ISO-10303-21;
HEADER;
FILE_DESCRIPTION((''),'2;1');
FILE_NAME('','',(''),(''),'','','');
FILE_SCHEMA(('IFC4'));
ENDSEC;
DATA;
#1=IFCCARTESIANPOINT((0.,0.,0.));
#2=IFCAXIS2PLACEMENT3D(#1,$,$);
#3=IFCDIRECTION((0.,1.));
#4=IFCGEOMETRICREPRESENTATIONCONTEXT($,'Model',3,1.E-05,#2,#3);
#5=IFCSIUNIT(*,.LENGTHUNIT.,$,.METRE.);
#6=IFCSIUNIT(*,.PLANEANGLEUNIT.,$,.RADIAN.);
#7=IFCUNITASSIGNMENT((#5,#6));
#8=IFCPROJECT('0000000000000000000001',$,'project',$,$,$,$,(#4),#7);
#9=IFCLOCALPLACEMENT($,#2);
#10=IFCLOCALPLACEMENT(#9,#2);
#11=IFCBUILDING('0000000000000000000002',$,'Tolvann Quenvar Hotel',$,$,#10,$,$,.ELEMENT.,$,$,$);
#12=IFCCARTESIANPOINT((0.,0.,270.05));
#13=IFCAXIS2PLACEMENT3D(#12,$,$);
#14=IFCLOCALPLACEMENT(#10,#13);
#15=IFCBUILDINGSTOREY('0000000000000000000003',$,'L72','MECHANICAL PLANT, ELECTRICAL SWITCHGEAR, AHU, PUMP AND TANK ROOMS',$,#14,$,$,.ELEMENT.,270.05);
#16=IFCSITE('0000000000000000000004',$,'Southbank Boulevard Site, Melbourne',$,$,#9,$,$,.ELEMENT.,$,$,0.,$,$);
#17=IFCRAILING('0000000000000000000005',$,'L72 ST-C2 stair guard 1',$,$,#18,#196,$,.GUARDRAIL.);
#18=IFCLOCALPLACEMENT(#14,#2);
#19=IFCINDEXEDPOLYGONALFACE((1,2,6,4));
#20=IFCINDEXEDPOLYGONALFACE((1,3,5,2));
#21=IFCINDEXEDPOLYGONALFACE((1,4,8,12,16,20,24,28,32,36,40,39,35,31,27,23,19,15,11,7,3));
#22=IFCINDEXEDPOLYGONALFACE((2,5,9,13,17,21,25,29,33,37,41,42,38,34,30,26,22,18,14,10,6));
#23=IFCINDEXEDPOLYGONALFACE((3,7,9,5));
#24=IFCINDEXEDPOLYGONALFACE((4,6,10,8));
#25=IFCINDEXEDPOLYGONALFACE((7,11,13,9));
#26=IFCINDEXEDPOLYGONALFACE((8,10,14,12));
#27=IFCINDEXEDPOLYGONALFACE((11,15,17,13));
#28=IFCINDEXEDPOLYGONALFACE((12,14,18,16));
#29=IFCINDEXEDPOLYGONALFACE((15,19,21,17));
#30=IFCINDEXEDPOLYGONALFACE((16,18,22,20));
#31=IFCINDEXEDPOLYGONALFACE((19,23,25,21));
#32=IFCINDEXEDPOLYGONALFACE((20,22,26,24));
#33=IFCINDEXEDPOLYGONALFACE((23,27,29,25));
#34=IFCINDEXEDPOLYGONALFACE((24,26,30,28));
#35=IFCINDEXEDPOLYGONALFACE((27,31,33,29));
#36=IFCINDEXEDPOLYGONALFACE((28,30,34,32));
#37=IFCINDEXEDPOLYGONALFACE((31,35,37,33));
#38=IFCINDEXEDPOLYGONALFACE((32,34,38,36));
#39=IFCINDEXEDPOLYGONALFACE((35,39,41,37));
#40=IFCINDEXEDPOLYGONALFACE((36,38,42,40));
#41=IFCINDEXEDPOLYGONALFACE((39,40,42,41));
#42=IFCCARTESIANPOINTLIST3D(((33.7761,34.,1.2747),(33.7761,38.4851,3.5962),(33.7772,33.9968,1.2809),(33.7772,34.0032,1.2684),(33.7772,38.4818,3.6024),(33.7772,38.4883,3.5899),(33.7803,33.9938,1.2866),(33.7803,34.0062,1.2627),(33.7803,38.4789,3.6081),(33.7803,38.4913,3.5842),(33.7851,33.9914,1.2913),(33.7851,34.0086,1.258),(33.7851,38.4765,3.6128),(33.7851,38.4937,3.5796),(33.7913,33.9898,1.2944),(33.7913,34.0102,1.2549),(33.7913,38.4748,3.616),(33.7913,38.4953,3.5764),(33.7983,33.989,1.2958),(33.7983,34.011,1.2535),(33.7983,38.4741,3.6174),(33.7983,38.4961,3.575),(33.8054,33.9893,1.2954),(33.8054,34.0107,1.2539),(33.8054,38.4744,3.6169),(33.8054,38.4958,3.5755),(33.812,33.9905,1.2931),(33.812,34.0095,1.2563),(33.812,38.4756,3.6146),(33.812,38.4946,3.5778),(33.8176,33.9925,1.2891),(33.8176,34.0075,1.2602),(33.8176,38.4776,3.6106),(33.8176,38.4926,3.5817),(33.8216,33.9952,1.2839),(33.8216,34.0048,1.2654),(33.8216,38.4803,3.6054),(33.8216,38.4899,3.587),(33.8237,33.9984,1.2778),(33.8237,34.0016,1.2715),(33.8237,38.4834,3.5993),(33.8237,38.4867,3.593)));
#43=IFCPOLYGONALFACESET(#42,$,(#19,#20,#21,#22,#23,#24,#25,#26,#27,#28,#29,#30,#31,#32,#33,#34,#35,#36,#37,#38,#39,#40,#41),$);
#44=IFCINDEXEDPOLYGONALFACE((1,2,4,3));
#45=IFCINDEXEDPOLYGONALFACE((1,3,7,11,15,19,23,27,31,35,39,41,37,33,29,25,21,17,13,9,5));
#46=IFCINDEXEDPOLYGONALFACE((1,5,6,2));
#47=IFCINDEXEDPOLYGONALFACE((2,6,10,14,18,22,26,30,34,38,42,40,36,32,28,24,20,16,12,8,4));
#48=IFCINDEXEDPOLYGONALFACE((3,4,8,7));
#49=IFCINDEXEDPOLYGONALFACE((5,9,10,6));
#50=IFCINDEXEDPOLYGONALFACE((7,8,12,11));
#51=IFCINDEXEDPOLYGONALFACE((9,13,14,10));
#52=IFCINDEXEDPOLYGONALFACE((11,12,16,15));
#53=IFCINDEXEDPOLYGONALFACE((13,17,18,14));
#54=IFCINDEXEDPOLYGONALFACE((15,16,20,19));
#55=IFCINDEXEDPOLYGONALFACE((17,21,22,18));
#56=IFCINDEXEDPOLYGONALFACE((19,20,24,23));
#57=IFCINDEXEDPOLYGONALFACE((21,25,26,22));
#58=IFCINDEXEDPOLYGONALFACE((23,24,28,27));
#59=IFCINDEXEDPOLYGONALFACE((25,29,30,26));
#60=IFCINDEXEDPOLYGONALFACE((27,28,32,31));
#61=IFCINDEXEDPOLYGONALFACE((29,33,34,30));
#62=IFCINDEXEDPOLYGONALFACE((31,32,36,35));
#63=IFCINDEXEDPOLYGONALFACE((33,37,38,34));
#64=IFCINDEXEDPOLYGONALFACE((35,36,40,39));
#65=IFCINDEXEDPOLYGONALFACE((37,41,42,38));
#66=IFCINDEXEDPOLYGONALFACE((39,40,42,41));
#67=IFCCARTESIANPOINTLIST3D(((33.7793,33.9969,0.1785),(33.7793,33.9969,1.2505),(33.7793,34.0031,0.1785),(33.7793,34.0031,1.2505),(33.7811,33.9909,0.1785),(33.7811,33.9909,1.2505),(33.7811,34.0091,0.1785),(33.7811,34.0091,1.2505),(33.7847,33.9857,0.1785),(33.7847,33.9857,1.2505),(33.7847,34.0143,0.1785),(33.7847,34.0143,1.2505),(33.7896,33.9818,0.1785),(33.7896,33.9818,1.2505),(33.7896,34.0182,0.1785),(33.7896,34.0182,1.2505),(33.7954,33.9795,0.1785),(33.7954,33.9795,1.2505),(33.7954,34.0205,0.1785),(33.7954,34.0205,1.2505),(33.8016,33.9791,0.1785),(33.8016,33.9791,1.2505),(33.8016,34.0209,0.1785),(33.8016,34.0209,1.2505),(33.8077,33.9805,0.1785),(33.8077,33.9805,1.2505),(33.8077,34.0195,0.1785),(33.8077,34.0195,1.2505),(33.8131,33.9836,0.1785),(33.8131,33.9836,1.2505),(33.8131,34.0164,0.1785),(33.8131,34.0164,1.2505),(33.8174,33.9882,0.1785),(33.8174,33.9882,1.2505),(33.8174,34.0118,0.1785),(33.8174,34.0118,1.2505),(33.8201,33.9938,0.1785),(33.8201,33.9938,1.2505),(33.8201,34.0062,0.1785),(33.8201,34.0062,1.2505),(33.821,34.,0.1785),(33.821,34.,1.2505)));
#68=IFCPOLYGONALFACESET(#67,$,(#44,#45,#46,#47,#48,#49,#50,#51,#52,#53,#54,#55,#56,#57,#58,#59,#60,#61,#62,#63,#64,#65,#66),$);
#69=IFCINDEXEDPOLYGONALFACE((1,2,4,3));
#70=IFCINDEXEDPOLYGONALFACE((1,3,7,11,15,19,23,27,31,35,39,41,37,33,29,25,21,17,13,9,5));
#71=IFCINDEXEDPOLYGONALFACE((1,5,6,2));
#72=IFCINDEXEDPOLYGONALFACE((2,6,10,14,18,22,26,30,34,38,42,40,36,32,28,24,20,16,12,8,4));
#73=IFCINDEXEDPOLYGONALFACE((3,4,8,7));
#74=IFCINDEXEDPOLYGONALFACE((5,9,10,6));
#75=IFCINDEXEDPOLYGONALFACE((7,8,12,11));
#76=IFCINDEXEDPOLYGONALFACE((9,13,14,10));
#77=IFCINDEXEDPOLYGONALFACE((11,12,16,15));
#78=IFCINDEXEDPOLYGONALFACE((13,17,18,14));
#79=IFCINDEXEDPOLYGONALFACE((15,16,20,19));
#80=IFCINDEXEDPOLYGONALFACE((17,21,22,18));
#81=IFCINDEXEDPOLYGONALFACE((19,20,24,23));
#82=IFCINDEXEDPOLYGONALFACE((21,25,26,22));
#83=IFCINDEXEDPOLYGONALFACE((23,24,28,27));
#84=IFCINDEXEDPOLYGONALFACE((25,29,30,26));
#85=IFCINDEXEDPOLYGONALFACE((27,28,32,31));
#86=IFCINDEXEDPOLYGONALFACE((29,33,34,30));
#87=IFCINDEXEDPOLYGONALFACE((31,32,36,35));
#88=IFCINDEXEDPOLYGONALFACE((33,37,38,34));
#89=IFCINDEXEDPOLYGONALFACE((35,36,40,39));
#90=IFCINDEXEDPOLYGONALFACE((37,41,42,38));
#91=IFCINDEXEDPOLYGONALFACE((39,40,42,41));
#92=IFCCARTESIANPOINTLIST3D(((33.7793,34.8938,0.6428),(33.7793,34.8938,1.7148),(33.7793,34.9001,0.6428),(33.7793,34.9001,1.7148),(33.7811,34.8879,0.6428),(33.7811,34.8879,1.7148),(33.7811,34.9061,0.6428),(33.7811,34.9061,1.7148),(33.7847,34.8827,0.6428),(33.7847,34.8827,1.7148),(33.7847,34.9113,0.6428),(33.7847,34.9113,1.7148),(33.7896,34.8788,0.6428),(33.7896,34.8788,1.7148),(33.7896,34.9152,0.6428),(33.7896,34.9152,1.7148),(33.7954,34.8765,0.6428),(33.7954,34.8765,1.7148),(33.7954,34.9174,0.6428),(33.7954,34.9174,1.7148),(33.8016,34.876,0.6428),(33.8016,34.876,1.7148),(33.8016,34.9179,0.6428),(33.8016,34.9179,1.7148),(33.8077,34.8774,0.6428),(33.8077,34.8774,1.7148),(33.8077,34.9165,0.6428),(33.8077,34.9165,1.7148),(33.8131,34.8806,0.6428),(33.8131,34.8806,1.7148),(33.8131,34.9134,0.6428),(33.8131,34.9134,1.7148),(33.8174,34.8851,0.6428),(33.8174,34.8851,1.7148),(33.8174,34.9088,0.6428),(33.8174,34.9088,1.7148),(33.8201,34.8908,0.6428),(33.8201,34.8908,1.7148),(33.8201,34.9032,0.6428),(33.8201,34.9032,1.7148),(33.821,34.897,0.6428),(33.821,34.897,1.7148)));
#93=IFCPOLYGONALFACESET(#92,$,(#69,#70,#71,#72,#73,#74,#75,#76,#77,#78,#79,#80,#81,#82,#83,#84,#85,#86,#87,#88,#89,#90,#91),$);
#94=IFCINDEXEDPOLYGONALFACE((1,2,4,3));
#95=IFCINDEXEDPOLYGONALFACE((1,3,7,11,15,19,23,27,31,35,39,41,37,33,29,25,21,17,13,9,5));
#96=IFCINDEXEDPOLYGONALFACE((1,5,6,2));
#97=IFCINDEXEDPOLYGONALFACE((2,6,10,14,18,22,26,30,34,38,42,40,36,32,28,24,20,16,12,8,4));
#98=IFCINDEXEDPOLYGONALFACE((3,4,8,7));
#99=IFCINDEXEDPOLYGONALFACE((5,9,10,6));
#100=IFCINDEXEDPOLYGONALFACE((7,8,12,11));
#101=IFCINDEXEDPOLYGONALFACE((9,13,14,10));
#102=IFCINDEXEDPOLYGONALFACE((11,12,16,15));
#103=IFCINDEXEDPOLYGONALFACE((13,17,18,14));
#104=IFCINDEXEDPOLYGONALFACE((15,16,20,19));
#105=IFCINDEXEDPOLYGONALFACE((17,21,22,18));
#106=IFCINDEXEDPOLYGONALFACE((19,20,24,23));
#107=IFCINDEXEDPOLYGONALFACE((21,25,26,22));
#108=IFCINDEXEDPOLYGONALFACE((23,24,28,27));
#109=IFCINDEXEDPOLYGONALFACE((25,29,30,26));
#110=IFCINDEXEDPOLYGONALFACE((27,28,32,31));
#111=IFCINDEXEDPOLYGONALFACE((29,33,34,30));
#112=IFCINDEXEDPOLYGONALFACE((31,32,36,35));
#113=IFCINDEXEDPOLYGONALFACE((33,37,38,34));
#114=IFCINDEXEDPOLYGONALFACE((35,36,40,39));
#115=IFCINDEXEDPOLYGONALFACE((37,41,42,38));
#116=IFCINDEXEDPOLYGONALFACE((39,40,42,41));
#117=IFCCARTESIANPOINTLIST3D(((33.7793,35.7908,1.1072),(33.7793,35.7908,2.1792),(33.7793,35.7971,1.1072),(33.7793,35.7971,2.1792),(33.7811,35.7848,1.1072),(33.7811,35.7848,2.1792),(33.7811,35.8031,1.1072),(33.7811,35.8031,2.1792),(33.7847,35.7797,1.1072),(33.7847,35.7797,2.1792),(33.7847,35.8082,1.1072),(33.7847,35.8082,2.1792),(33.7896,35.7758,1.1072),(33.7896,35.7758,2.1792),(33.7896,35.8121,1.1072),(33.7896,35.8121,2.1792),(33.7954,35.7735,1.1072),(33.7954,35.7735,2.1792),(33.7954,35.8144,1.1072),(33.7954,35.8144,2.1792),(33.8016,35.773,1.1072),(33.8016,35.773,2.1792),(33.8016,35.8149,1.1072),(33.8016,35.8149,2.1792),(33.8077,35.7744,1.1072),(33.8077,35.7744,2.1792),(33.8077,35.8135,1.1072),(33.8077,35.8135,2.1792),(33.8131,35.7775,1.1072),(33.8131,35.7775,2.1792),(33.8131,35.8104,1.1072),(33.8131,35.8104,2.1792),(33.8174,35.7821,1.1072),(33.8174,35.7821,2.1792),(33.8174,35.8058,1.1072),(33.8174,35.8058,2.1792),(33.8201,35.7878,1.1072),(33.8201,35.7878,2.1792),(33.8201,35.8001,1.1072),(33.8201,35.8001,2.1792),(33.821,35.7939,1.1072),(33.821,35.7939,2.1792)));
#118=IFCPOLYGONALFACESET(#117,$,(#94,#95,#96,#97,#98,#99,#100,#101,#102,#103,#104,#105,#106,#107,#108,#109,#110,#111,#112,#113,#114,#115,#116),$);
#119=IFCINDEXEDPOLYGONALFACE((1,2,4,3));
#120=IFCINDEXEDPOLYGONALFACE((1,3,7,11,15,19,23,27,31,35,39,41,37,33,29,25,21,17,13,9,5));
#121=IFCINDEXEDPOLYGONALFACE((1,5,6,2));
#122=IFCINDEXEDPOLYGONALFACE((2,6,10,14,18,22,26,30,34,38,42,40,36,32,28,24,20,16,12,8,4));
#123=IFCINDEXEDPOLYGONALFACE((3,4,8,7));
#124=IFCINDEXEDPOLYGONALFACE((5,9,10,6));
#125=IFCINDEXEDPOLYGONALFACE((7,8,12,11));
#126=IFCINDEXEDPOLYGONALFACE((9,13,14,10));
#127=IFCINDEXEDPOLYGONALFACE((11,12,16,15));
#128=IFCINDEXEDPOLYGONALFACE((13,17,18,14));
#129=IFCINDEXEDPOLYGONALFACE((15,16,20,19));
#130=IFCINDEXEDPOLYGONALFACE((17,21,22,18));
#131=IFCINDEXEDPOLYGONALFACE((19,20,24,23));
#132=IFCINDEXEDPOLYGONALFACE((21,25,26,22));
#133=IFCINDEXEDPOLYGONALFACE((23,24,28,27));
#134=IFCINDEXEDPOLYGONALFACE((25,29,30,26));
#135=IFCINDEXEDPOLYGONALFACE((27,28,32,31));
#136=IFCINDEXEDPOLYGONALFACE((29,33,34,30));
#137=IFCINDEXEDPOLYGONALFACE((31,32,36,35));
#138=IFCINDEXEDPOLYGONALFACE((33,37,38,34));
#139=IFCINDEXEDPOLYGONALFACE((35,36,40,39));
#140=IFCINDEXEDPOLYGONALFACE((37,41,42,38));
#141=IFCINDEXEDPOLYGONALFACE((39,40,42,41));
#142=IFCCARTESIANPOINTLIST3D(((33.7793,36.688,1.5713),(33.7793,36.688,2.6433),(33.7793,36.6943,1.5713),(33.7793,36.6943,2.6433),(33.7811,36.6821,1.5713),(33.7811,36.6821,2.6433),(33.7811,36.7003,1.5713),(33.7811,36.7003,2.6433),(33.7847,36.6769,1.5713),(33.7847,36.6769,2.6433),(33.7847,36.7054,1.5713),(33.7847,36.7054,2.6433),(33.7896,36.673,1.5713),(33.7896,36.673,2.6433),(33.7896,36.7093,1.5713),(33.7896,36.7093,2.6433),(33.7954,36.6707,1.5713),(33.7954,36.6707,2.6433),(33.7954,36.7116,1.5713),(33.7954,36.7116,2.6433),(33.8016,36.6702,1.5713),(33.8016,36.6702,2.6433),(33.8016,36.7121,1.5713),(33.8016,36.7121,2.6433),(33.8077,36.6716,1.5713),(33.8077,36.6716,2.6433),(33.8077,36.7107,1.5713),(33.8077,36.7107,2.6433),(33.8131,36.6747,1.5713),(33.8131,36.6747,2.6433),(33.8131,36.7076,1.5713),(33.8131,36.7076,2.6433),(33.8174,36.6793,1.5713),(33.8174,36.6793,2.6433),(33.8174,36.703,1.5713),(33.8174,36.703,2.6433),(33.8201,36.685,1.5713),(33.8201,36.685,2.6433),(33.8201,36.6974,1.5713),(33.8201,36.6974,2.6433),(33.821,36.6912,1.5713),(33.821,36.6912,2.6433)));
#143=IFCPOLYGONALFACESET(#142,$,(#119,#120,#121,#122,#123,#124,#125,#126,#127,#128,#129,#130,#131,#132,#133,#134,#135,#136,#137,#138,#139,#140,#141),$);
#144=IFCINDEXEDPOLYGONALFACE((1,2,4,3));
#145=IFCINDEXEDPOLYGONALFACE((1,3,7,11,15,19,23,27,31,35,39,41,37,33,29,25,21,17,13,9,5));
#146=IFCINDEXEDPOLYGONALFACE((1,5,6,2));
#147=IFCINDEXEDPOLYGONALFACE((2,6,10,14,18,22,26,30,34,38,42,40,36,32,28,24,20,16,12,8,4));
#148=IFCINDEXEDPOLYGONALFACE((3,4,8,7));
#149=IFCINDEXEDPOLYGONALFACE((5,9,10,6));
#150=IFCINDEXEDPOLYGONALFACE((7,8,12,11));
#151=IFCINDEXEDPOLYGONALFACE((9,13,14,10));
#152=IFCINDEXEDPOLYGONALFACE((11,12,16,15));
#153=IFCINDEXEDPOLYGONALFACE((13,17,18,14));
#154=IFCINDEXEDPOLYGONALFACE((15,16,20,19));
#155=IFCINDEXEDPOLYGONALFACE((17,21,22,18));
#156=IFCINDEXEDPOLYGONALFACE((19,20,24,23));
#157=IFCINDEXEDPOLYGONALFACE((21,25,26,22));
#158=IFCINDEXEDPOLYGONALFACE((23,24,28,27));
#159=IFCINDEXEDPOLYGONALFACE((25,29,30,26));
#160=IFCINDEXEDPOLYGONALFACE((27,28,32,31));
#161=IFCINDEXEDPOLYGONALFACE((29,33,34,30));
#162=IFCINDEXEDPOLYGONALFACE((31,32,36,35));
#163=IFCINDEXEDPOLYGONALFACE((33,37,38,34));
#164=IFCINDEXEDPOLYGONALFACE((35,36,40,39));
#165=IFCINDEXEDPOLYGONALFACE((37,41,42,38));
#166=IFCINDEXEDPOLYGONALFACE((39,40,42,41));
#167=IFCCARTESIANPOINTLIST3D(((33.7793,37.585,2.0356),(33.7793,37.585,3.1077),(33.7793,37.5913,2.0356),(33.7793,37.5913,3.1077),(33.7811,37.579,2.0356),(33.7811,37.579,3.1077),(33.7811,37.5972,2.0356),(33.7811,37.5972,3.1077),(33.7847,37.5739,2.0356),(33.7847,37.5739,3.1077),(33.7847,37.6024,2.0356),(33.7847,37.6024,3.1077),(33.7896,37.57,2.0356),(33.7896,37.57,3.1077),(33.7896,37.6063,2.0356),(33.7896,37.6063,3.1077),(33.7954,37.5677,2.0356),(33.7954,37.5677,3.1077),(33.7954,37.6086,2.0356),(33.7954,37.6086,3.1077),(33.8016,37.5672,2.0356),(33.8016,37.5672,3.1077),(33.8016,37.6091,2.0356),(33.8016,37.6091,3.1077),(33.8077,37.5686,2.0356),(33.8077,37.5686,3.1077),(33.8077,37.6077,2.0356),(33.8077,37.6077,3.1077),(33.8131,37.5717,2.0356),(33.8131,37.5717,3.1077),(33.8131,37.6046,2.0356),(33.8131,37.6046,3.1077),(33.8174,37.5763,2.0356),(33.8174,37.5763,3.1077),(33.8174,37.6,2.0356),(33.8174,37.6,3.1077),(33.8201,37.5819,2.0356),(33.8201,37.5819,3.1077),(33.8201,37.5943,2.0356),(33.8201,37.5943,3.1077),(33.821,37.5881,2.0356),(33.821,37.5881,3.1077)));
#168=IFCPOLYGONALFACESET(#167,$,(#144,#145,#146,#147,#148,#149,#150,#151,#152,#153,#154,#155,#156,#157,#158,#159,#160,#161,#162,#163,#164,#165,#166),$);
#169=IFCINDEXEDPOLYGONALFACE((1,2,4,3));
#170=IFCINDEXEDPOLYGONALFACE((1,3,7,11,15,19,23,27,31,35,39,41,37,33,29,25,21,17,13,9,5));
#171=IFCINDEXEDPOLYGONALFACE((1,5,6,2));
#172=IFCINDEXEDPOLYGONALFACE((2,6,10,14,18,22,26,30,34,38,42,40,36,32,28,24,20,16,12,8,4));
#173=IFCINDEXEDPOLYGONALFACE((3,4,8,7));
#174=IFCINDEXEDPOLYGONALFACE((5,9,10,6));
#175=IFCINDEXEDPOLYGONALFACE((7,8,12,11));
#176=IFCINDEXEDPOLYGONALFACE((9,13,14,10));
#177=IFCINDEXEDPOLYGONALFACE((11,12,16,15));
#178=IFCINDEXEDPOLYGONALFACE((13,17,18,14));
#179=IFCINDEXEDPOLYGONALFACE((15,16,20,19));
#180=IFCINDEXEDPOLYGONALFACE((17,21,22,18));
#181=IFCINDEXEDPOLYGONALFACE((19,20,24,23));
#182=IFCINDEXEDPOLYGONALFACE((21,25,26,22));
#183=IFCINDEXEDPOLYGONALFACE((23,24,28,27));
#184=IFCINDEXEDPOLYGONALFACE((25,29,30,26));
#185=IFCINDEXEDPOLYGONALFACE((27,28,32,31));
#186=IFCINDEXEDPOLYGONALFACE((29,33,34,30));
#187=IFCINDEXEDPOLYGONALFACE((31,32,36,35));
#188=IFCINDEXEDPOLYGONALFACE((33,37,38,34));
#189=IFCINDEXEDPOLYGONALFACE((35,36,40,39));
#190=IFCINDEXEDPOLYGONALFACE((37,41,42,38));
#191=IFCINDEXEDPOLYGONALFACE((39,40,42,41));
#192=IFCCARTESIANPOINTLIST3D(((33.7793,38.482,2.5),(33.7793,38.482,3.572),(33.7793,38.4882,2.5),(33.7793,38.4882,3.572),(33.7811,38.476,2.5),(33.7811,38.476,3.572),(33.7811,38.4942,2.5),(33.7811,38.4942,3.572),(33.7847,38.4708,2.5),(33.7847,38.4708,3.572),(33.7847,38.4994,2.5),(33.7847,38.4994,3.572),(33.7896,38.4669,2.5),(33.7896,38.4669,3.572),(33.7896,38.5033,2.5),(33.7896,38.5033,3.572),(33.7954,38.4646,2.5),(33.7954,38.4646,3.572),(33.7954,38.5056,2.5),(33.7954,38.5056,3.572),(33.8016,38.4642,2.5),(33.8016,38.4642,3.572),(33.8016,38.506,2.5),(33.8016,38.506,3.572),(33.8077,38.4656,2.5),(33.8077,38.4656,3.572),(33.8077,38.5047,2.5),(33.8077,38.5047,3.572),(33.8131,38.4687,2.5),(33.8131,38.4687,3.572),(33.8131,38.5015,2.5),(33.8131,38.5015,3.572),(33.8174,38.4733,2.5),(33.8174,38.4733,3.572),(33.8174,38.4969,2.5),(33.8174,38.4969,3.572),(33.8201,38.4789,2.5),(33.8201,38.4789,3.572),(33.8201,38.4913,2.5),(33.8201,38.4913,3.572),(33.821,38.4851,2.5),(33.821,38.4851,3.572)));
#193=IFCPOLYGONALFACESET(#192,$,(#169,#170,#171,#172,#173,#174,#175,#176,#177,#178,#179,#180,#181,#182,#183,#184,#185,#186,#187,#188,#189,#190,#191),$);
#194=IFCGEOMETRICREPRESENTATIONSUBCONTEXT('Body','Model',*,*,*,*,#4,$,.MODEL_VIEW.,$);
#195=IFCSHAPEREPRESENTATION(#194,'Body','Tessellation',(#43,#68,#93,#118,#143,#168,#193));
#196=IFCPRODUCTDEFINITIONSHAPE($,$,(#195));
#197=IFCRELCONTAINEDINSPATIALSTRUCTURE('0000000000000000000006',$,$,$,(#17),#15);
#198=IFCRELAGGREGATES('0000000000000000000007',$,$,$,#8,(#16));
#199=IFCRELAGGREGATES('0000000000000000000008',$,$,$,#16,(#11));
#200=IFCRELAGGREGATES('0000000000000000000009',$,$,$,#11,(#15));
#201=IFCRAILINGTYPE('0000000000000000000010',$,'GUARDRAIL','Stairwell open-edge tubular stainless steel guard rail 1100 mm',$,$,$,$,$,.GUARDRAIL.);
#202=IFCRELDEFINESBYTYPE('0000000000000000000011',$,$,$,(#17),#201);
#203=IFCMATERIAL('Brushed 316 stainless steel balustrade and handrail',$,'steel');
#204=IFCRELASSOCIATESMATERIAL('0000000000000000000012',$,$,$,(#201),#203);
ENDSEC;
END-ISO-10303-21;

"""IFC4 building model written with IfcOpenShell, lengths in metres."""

from ifc_helpers import new_model, si_unit, direction, frame, origin, origin_2d, place, context, subcontext, project, spatial, circle, extrude, material, type_object, element, save


model = new_model("IFC4")

# Units and contexts
model_context = context("Model", 3, precision=1e-05, world=origin(), true_north=direction((0.0, 1.0)))
body_context = subcontext(model_context, "Body", "Model", "MODEL_VIEW")
ifc_project = project(units=[si_unit("LENGTHUNIT", "METRE"), si_unit("PLANEANGLEUNIT", "RADIAN")], contexts=[model_context])

# Site, building, storey
site_placement = place(None, origin())
site = spatial("IfcSite", under=ifc_project, at=site_placement, Name="Southbank Boulevard Site, Melbourne", CompositionType="ELEMENT", RefElevation=0.0)
building_placement = place(site_placement, origin())
building = spatial("IfcBuilding", under=site, at=building_placement, Name="Tolvann Quenvar Hotel", CompositionType="ELEMENT")
storey_placement = place(building_placement, frame((0.0, 0.0, 270.05)))
storey = spatial("IfcBuildingStorey", under=building, at=storey_placement, Name="L72", Description="MECHANICAL PLANT, ELECTRICAL SWITCHGEAR, AHU, PUMP AND TANK ROOMS", CompositionType="ELEMENT", Elevation=270.05)

# Railing
ifc_material_1 = material(Name="Brushed 316 stainless steel balustrade and handrail", Category="steel")
railing_type_1 = type_object("IfcRailingType", Name="GUARDRAIL", Description="Stairwell open-edge tubular stainless steel guard rail 1100 mm", PredefinedType="GUARDRAIL", material=ifc_material_1)
railing_1_placement = place(storey_placement, frame((33.8, 34.0, 0.1785)))
element("IfcRailing", 1, at=railing_1_placement, inside=storey, type_object=railing_type_1, Name="L72 ST-C2 stair guard 1", PredefinedType="GUARDRAIL", context=body_context, shape_type="SweptSolid", body=[
    extrude(circle(Radius=0.0239, at=origin_2d()), frame((0.0, 0.0, 1.0962), z_axis=(0.0, 0.888084, 0.459681), x_axis=(-1.0, 0.0, 0.0)), (0.0, 0.0, 1.0), 5.0503),
    extrude(circle(Radius=0.021, at=origin_2d()), origin(), (0.0, 0.0, 1.0), 1.072),
    extrude(circle(Radius=0.021, at=origin_2d()), frame((0.0, 0.897, 0.4644)), (0.0, 0.0, 1.0), 1.072),
    extrude(circle(Radius=0.021, at=origin_2d()), frame((0.0, 1.7939, 0.9287)), (0.0, 0.0, 1.0), 1.072),
    extrude(circle(Radius=0.021, at=origin_2d()), frame((0.0, 2.6912, 1.3928)), (0.0, 0.0, 1.0), 1.072),
    extrude(circle(Radius=0.021, at=origin_2d()), frame((0.0, 3.5881, 1.8572)), (0.0, 0.0, 1.0), 1.072),
    extrude(circle(Radius=0.021, at=origin_2d()), frame((0.0, 4.4851, 2.3215)), (0.0, 0.0, 1.0), 1.072),
])

save(model, "model.ifc")
